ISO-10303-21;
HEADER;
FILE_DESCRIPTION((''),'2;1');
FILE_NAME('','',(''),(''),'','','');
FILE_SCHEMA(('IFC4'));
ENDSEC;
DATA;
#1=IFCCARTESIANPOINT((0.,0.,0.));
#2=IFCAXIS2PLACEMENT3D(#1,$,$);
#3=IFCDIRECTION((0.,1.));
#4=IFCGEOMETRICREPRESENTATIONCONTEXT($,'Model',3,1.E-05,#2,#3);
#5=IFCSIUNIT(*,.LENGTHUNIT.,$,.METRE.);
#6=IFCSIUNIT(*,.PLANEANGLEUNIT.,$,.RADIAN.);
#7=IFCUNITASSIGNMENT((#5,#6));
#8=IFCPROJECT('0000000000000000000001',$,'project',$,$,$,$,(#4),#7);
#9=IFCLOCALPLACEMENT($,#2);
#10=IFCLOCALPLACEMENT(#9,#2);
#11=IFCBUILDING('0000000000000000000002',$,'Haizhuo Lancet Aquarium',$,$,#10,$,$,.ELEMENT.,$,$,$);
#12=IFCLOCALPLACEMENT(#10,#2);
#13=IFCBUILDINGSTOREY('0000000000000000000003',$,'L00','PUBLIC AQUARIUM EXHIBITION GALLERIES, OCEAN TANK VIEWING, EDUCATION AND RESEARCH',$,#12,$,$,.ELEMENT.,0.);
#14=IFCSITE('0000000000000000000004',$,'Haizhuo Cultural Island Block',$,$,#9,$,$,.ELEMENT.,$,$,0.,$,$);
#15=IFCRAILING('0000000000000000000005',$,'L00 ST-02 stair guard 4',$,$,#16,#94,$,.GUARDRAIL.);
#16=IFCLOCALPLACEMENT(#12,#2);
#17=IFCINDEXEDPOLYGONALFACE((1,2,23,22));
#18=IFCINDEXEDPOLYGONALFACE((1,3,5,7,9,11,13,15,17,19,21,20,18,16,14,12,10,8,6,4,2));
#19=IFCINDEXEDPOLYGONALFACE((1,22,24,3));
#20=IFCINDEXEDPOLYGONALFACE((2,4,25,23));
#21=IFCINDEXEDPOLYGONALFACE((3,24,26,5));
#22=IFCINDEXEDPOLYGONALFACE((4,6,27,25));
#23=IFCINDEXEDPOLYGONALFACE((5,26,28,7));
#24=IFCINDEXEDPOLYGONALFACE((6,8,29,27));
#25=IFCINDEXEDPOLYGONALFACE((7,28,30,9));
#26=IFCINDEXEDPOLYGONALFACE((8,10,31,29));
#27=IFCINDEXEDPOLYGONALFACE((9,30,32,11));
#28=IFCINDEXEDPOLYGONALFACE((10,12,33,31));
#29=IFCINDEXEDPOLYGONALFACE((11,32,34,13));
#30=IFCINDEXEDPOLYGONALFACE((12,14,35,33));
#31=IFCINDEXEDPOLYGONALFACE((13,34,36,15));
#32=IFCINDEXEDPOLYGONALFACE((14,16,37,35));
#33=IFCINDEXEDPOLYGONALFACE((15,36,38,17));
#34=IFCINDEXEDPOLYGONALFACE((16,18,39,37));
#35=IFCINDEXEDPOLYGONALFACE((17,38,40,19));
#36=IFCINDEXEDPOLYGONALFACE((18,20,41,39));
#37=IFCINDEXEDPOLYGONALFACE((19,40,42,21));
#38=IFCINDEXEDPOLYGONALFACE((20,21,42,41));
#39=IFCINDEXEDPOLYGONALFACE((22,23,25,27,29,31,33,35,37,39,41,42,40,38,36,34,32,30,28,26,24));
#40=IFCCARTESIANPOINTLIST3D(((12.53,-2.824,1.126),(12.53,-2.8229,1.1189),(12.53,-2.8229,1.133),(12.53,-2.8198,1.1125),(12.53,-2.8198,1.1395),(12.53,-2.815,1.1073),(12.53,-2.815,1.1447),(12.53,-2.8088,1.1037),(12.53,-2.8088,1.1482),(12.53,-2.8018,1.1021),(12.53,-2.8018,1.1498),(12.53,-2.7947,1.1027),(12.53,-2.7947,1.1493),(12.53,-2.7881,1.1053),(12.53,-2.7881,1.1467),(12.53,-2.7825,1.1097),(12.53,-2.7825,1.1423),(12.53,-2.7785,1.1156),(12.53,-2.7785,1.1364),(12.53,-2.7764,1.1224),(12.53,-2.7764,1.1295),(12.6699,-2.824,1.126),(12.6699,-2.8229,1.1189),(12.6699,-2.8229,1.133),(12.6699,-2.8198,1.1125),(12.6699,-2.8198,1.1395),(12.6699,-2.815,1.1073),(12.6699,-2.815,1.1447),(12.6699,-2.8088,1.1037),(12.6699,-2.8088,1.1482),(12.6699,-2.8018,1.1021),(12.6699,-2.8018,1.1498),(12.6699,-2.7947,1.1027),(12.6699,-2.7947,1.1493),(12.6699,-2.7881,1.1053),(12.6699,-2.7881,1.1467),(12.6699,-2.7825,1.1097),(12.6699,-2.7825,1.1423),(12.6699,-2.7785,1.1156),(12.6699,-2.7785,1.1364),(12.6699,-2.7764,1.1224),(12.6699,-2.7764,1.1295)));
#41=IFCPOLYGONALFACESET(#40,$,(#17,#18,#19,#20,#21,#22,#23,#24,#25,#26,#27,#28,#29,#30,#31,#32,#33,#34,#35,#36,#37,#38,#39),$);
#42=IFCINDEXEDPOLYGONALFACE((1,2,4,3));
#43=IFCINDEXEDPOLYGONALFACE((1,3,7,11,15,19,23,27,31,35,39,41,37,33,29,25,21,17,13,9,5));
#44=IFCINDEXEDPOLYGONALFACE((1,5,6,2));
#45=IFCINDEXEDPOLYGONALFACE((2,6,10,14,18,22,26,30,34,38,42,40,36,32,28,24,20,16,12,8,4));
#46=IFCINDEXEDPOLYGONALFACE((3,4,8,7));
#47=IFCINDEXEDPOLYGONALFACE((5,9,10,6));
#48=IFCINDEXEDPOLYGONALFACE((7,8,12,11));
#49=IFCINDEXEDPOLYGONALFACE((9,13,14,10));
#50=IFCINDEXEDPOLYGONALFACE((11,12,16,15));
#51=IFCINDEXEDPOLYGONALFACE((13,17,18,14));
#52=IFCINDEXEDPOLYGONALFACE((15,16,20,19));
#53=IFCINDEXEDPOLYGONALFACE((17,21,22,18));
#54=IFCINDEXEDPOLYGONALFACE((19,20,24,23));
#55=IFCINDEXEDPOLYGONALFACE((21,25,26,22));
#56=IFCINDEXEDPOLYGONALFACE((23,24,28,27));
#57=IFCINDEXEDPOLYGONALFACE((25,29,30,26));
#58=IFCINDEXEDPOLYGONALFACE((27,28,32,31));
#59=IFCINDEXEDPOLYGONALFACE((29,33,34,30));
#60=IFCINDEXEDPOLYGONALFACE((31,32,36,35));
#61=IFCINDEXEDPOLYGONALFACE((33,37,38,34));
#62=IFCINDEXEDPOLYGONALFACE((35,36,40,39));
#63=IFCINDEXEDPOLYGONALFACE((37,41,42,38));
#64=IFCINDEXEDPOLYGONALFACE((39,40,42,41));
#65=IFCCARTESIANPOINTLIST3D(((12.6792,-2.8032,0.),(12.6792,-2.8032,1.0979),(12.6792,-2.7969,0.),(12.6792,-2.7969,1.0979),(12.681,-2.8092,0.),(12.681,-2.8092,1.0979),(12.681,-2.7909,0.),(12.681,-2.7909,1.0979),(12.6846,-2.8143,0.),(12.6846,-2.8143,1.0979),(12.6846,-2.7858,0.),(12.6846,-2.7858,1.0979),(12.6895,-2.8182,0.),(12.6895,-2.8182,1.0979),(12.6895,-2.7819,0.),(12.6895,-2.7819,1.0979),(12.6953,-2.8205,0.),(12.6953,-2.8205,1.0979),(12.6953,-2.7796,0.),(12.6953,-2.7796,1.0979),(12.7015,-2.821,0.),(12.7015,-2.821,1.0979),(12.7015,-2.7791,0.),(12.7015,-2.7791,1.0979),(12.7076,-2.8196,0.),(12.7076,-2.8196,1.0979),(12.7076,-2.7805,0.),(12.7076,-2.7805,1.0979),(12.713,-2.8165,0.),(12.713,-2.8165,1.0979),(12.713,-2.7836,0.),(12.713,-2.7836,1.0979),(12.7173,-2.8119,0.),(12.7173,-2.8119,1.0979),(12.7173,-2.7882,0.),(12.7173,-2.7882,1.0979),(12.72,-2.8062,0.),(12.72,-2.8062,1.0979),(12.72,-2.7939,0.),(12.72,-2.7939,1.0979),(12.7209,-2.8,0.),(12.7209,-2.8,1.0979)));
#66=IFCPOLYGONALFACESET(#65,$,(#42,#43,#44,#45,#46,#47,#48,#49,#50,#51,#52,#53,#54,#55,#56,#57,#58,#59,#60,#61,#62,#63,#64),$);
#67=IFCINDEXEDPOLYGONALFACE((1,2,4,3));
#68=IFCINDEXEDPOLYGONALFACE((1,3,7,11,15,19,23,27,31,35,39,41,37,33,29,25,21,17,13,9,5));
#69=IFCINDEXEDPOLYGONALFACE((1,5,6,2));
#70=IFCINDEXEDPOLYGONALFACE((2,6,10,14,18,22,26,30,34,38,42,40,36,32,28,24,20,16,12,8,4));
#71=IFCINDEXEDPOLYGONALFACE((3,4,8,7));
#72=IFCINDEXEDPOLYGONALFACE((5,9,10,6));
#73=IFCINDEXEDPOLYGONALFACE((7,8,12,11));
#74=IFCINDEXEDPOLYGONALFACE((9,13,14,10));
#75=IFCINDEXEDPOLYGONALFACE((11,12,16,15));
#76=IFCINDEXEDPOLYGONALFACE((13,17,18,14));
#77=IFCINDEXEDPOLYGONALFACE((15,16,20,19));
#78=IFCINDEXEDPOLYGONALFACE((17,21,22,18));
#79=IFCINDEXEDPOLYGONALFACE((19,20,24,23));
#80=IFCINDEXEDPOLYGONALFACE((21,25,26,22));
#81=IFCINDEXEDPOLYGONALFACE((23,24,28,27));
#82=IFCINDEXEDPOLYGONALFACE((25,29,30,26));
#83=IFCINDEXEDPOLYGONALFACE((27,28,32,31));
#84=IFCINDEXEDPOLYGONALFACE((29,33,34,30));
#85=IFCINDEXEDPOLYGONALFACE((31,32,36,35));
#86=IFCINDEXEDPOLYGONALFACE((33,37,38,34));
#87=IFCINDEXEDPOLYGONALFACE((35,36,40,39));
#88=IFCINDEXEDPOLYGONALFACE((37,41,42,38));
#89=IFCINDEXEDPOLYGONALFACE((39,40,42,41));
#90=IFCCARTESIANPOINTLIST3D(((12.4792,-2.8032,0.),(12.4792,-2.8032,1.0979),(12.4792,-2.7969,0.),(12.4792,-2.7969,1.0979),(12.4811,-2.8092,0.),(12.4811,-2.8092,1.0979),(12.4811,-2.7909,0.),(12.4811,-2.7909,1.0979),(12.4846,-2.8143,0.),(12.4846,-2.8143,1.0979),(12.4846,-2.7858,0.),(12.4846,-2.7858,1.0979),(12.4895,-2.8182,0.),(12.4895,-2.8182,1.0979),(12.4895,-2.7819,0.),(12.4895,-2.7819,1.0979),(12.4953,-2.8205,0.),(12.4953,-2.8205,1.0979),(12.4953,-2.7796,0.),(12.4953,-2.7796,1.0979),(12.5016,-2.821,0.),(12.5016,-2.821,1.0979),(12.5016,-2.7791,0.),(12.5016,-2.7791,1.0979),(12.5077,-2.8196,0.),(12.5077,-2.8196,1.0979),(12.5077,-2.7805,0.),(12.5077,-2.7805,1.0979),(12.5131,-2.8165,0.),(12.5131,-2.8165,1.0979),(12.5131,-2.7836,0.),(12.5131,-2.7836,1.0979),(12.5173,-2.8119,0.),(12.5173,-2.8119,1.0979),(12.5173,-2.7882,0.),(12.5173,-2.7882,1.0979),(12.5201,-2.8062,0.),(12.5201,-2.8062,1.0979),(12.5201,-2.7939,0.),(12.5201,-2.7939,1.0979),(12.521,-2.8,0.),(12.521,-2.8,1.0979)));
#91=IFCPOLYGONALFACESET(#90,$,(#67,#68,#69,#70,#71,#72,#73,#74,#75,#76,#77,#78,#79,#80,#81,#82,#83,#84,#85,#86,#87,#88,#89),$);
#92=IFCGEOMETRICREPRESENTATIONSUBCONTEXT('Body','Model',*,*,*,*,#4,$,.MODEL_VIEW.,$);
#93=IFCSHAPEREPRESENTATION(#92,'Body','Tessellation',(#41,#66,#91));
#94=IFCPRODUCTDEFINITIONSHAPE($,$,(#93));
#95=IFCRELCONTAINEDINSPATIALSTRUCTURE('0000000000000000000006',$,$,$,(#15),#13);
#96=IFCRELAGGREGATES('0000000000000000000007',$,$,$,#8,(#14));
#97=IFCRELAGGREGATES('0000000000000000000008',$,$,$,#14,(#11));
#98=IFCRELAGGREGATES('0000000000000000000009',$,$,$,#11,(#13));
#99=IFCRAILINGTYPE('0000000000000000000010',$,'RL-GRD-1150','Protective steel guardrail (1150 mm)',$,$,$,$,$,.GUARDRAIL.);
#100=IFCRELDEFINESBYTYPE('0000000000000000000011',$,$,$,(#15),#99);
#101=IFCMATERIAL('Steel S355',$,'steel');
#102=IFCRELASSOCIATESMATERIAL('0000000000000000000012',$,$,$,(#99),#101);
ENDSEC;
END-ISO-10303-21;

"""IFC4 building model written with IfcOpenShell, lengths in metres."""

from ifc_helpers import new_model, si_unit, direction, frame, origin, origin_2d, place, context, subcontext, project, spatial, circle, extrude, material, type_object, element, save


model = new_model("IFC4")

# Units and contexts
model_context = context("Model", 3, precision=1e-05, world=origin(), true_north=direction((0.0, 1.0)))
body_context = subcontext(model_context, "Body", "Model", "MODEL_VIEW")
ifc_project = project(units=[si_unit("LENGTHUNIT", "METRE"), si_unit("PLANEANGLEUNIT", "RADIAN")], contexts=[model_context])

# Site, building, storey
site_placement = place(None, origin())
site = spatial("IfcSite", under=ifc_project, at=site_placement, Name="Haizhuo Cultural Island Block", CompositionType="ELEMENT", RefElevation=0.0)
building_placement = place(site_placement, origin())
building = spatial("IfcBuilding", under=site, at=building_placement, Name="Haizhuo Lancet Aquarium", CompositionType="ELEMENT")
storey_placement = place(building_placement, origin())
storey = spatial("IfcBuildingStorey", under=building, at=storey_placement, Name="L00", Description="PUBLIC AQUARIUM EXHIBITION GALLERIES, OCEAN TANK VIEWING, EDUCATION AND RESEARCH", CompositionType="ELEMENT", Elevation=0.0)

# Shared definitions
ifc_material_1 = material(Name="Steel S355", Category="steel")

# Railing
railing_type = type_object("IfcRailingType", Name="RL-GRD-1150", Description="Protective steel guardrail (1150 mm)", PredefinedType="GUARDRAIL", material=ifc_material_1)
railing_1_placement = place(storey_placement, frame((12.7, -2.8, 0.0)))
element("IfcRailing", 1, at=railing_1_placement, inside=storey, type_object=railing_type, Name="L00 ST-02 stair guard 4", PredefinedType="GUARDRAIL", context=body_context, shape_type="SweptSolid", body=[
    extrude(circle(Radius=0.0239, at=origin_2d()), frame((-0.03, 0.0, 1.126), z_axis=(-1.0, 0.0, 0.0), x_axis=(0.0, -1.0, 0.0)), (0.0, 0.0, 1.0), 0.1399),
    extrude(circle(Radius=0.021, at=origin_2d()), origin(), (0.0, 0.0, 1.0), 1.0979),
    extrude(circle(Radius=0.021, at=origin_2d()), frame((-0.2, 0.0, 0.0)), (0.0, 0.0, 1.0), 1.0979),
])

save(model, "model.ifc")
